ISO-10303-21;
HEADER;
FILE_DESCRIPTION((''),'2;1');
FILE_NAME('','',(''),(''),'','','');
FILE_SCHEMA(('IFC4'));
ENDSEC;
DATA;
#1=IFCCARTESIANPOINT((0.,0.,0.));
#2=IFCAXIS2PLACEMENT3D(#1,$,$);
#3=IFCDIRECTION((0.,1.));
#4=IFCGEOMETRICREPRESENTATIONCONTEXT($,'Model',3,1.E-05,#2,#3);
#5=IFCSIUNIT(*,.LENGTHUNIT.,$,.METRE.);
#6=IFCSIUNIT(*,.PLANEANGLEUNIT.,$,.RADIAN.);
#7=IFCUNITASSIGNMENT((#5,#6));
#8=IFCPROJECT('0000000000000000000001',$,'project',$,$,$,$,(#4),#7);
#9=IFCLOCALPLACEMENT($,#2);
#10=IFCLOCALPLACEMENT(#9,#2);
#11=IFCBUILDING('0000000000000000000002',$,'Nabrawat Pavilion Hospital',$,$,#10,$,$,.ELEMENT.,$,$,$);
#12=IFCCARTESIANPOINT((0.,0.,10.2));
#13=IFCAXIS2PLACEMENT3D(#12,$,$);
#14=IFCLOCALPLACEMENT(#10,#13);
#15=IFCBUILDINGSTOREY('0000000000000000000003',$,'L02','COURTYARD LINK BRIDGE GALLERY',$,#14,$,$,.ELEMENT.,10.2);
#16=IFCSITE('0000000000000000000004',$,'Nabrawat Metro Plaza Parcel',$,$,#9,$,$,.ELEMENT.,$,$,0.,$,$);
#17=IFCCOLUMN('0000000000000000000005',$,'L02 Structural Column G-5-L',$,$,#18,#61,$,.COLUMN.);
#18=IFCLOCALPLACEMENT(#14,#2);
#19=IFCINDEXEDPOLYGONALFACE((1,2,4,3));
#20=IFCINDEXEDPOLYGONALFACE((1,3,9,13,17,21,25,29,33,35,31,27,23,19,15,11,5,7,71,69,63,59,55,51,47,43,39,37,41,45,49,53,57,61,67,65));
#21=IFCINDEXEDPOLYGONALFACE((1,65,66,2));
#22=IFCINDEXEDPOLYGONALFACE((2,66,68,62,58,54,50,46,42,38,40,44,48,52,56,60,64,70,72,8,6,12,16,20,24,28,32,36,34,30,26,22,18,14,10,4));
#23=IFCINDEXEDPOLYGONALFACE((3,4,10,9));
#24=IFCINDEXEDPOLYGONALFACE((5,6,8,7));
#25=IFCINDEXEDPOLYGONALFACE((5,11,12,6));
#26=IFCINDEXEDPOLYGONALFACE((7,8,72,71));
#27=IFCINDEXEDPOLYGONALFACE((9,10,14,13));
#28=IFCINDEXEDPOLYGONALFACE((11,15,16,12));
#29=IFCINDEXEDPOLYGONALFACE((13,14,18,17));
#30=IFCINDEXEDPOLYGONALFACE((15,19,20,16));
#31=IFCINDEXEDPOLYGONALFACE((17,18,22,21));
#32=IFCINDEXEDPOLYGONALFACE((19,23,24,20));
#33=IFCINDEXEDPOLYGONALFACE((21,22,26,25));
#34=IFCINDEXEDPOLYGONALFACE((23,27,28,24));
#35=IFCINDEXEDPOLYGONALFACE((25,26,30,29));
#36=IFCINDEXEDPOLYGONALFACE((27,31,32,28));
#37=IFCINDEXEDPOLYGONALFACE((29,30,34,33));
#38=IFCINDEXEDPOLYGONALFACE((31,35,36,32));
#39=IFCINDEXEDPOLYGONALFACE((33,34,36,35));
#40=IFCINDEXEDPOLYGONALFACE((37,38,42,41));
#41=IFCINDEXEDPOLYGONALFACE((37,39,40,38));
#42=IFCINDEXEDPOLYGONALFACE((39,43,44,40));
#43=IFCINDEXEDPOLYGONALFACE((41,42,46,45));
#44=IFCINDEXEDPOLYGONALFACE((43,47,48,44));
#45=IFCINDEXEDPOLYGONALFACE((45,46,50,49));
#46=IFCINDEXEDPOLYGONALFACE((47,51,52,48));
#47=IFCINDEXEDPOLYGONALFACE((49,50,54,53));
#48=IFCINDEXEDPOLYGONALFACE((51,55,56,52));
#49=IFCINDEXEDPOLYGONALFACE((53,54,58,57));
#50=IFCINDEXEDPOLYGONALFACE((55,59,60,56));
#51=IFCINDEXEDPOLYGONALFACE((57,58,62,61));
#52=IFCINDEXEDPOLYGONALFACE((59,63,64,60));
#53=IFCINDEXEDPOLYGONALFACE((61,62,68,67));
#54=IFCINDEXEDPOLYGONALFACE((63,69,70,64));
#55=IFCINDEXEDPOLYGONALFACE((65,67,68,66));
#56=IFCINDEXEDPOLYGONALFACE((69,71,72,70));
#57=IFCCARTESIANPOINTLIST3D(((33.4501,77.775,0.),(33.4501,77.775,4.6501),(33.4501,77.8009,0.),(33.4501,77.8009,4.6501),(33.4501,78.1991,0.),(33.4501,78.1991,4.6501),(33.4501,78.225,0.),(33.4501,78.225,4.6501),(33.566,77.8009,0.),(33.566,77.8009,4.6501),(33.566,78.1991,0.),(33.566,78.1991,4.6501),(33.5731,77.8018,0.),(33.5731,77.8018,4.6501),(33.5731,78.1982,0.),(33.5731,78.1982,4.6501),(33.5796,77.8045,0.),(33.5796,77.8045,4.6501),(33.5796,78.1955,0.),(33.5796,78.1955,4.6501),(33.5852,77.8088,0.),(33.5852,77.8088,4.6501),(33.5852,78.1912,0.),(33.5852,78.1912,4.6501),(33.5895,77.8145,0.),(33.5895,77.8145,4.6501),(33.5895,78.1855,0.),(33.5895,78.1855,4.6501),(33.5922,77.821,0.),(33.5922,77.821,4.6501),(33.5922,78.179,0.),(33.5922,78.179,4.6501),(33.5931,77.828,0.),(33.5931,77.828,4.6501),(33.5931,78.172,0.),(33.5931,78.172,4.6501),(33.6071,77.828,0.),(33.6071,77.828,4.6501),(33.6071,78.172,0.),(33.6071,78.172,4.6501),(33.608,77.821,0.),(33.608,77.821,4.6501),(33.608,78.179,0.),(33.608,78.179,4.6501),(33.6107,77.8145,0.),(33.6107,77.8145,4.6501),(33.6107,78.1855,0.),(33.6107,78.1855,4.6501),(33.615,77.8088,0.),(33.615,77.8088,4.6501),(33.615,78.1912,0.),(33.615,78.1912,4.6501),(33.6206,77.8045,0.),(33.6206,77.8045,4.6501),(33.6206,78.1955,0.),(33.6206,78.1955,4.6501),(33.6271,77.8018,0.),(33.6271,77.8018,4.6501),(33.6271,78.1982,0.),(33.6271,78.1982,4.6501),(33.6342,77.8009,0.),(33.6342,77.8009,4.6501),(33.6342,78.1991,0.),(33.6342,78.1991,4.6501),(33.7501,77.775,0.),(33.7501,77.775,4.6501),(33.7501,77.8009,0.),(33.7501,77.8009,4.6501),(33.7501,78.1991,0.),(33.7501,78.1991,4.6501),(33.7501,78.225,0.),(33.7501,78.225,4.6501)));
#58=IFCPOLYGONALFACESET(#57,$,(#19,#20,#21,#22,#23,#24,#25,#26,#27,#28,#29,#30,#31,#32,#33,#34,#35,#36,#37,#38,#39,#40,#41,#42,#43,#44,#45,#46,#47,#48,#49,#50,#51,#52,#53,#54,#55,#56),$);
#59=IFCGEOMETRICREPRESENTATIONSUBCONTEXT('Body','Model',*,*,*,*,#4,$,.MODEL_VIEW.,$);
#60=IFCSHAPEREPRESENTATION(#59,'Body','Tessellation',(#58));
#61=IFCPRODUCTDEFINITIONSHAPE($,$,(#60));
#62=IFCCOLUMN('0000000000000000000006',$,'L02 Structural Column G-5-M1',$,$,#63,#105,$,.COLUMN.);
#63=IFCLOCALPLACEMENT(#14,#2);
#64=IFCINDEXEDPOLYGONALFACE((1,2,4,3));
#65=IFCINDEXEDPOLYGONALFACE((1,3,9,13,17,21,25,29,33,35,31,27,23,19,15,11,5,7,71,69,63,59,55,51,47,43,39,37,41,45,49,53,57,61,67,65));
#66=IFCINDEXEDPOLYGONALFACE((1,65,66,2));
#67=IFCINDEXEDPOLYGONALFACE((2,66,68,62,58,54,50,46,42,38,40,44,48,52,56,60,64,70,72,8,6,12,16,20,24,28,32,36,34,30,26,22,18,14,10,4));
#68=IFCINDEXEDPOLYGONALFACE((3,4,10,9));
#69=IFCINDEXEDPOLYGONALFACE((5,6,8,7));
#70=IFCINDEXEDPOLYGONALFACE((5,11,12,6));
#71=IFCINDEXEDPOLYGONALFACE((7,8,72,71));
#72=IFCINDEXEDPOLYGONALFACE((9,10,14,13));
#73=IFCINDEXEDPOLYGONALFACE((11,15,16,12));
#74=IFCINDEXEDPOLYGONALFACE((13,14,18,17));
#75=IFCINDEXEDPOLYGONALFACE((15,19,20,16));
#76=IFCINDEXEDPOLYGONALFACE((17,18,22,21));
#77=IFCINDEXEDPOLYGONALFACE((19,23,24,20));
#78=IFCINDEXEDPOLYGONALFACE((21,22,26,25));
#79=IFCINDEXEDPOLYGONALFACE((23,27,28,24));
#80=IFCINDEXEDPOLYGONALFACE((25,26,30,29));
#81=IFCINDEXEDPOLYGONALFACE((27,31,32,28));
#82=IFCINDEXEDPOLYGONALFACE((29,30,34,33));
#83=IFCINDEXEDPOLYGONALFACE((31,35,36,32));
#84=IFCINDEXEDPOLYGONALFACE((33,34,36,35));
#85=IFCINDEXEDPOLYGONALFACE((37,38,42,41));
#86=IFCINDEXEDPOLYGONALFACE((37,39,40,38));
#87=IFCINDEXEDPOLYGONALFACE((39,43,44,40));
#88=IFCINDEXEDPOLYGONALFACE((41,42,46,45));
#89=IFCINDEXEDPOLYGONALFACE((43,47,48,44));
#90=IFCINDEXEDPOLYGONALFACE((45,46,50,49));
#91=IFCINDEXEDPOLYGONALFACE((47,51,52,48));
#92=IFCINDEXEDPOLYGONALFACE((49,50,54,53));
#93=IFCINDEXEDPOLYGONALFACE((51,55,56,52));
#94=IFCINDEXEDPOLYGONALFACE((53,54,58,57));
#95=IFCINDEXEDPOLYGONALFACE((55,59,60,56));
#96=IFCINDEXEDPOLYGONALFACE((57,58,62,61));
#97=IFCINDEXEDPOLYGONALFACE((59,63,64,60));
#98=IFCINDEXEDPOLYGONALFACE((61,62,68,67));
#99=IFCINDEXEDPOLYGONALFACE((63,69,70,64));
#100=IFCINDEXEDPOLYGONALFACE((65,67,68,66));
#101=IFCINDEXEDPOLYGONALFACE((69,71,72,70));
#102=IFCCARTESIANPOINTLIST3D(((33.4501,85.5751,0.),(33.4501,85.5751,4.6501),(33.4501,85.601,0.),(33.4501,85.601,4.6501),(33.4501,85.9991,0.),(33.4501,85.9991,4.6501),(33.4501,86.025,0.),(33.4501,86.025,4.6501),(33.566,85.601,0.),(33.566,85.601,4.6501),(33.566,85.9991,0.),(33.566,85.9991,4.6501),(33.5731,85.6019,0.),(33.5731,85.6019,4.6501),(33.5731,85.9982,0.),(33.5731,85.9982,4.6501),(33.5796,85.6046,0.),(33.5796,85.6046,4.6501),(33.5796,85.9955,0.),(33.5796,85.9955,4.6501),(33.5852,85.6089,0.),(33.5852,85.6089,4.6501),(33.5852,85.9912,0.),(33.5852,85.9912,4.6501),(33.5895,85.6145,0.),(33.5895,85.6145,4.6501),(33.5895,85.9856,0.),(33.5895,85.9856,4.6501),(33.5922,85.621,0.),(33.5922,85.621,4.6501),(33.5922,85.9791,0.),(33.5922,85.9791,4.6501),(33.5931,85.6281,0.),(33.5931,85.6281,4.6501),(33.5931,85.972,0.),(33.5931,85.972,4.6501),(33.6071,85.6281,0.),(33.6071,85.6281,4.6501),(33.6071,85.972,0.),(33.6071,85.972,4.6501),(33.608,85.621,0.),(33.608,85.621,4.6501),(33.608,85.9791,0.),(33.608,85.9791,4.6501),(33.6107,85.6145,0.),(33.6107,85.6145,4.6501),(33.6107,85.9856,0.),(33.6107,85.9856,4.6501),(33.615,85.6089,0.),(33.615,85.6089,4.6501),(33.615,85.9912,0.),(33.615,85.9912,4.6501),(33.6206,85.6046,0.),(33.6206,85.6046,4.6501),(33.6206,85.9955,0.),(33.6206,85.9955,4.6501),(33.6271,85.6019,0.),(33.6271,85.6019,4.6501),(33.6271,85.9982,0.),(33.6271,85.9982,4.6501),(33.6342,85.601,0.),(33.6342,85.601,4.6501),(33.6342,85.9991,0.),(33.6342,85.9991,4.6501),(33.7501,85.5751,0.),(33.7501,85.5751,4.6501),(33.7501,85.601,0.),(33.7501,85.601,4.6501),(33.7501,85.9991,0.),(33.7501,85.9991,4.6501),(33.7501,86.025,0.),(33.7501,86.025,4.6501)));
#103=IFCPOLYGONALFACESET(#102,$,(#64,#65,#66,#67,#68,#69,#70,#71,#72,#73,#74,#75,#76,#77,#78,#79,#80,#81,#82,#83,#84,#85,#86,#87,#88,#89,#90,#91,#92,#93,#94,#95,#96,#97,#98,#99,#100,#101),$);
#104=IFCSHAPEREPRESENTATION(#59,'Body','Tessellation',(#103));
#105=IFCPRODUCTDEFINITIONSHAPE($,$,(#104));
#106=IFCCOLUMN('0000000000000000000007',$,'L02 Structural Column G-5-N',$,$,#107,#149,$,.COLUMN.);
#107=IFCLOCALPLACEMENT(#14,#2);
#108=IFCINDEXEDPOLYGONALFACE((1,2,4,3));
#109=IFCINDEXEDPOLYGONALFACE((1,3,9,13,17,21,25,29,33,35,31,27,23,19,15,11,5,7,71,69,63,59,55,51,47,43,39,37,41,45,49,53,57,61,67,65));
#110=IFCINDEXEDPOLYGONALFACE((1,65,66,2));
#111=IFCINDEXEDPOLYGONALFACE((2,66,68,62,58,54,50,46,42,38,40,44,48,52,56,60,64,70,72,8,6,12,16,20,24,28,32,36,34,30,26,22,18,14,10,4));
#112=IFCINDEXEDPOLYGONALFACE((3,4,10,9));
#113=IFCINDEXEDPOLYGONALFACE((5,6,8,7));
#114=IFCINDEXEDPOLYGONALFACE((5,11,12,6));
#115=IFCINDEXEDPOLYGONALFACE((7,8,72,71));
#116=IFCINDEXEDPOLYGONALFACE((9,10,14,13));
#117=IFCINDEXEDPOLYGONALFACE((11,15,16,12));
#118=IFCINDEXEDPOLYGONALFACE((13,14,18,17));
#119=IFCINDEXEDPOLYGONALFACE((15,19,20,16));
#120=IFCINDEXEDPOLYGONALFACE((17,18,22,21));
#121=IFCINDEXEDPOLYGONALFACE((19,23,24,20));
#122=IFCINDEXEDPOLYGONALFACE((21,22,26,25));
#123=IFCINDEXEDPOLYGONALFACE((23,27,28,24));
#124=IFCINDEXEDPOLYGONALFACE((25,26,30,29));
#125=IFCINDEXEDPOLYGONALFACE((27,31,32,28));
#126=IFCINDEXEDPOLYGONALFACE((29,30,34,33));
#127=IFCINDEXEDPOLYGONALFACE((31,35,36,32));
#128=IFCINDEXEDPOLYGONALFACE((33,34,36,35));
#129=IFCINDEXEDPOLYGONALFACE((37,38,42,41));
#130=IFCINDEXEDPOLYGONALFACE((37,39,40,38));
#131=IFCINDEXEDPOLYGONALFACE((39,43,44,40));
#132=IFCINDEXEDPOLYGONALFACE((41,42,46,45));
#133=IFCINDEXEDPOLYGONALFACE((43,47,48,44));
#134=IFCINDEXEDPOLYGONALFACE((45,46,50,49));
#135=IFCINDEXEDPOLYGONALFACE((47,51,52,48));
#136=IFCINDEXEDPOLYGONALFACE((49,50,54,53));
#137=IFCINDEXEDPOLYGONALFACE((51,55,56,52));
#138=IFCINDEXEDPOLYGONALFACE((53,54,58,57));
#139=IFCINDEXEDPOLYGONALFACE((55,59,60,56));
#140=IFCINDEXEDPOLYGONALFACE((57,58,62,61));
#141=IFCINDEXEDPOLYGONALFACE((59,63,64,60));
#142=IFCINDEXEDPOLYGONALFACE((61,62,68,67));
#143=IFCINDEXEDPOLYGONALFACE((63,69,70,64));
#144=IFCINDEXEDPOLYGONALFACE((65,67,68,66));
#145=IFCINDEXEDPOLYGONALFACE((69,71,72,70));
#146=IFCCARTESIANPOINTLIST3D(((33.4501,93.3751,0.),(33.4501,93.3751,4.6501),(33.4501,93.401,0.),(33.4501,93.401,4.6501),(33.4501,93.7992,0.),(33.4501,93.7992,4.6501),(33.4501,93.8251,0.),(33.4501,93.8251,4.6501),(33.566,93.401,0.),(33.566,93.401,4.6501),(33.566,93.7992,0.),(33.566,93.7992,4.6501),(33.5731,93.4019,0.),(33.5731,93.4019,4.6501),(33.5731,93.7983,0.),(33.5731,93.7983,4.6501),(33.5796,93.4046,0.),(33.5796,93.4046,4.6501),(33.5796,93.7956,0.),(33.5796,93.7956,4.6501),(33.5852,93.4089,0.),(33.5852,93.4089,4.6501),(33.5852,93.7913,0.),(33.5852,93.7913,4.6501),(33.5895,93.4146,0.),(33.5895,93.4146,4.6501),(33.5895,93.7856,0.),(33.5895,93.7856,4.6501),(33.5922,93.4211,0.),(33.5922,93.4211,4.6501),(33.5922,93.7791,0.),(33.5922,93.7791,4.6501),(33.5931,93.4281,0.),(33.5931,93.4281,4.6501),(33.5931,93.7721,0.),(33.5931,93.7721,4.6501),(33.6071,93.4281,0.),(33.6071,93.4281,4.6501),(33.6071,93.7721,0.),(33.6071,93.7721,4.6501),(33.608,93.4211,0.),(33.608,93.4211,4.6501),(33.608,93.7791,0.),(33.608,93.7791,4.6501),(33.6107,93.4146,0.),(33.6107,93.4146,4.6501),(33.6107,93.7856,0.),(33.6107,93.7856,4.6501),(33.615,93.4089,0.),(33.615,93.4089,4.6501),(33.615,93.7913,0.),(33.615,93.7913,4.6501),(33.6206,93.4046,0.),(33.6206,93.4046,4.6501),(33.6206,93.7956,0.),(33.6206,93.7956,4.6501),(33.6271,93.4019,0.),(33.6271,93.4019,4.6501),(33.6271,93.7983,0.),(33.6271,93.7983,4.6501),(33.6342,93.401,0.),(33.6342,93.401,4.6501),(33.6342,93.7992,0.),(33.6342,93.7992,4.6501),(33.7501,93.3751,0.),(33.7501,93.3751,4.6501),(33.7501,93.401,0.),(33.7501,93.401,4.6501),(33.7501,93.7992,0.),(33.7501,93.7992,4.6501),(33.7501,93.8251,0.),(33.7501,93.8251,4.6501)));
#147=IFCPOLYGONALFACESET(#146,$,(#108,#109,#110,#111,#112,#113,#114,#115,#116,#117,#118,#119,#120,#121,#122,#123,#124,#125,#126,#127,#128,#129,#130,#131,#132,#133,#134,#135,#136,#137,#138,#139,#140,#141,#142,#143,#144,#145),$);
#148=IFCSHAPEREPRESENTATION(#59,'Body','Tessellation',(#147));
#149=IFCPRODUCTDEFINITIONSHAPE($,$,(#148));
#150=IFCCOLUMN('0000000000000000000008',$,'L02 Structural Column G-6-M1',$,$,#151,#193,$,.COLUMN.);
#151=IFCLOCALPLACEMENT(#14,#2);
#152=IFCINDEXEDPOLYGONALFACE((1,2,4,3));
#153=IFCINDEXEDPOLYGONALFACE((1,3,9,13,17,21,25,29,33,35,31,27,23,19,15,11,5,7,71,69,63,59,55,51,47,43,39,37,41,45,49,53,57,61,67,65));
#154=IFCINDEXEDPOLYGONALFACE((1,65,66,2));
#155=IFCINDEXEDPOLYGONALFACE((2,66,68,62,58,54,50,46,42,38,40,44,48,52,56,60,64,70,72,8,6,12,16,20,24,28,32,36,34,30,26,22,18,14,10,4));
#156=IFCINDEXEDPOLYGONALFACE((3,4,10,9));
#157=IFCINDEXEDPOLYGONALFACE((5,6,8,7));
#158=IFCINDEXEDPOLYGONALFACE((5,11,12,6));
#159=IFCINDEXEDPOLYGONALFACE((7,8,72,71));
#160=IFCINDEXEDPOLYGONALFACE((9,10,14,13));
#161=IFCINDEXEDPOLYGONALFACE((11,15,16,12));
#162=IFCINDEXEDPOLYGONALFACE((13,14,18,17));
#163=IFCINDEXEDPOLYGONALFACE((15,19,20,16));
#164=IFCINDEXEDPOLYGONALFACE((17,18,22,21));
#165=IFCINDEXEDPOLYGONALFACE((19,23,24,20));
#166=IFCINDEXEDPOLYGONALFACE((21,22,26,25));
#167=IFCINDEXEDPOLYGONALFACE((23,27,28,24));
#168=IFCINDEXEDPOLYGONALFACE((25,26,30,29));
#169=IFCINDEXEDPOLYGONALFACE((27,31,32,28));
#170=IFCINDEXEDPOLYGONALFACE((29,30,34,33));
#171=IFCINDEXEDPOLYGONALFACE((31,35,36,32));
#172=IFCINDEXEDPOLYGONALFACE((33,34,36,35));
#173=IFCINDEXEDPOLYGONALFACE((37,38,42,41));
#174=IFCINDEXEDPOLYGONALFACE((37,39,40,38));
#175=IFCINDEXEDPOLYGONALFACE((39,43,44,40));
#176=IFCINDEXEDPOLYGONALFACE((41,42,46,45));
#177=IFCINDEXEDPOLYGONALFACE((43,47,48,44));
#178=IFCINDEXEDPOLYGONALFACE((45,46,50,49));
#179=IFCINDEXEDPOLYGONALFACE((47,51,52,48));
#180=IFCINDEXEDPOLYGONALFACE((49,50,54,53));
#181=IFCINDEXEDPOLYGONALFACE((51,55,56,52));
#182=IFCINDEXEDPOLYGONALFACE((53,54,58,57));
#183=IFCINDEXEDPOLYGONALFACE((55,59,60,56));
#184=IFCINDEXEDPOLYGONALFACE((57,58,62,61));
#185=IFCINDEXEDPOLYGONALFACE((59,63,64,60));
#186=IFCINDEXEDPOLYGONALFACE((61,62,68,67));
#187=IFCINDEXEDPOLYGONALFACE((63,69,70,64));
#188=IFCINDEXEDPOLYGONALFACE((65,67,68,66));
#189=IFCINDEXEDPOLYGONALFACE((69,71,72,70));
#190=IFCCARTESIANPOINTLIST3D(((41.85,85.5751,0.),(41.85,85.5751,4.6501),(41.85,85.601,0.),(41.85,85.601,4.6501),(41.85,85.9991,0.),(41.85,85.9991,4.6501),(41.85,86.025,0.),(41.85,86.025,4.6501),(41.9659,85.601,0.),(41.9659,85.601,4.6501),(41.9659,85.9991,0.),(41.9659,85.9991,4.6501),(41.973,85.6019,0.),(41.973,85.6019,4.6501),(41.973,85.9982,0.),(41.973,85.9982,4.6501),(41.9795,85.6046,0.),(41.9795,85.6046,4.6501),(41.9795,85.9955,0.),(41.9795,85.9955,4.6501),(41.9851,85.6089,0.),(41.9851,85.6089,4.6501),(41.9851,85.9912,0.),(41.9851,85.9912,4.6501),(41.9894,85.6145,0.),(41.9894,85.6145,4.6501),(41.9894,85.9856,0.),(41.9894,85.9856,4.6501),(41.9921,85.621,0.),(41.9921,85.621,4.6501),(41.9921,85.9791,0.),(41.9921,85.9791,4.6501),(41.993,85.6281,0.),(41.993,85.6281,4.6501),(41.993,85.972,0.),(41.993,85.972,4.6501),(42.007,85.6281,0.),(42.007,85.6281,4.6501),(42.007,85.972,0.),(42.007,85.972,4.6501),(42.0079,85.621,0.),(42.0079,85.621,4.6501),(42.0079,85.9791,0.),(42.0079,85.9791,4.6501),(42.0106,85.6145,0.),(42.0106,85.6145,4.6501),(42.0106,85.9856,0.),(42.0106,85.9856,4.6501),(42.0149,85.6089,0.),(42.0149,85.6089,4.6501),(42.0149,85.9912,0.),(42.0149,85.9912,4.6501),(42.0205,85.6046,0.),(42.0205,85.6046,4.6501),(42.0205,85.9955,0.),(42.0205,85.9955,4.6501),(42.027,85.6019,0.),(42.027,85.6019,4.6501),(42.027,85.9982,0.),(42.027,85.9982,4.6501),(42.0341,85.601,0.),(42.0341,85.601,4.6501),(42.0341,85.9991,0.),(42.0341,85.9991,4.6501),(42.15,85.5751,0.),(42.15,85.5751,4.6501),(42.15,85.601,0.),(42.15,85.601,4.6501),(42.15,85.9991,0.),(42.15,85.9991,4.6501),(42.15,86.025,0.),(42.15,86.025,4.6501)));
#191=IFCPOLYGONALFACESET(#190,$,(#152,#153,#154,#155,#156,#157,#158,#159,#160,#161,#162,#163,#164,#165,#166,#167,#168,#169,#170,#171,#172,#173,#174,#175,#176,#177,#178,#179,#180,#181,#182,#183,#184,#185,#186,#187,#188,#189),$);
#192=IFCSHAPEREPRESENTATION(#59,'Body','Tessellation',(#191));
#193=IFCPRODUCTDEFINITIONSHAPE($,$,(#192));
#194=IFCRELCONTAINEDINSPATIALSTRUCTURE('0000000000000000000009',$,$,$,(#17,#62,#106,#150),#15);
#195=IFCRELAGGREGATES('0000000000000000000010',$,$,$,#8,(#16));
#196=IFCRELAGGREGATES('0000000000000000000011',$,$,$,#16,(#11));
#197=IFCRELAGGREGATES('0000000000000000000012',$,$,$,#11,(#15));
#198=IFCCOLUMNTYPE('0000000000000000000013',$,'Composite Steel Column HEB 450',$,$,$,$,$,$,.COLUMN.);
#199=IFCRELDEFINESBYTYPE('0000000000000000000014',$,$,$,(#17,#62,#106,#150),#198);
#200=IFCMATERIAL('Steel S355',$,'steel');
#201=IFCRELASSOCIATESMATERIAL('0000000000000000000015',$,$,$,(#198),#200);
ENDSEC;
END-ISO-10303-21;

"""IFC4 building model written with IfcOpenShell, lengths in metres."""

from ifc_helpers import new_model, si_unit, direction, frame, origin, origin_2d, place, context, subcontext, project, spatial, i_section, extrude, material, material_profile, profile_set, type_object, element, save


model = new_model("IFC4")

# Units and contexts
model_context = context("Model", 3, precision=1e-05, world=origin(), true_north=direction((0.0, 1.0)))
body_context = subcontext(model_context, "Body", "Model", "MODEL_VIEW")
ifc_project = project(units=[si_unit("LENGTHUNIT", "METRE"), si_unit("PLANEANGLEUNIT", "RADIAN")], contexts=[model_context])

# Site, building, storey
site_placement = place(None, origin())
site = spatial("IfcSite", under=ifc_project, at=site_placement, Name="Nabrawat Metro Plaza Parcel", CompositionType="ELEMENT", RefElevation=0.0)
building_placement = place(site_placement, origin())
building = spatial("IfcBuilding", under=site, at=building_placement, Name="Nabrawat Pavilion Hospital", CompositionType="ELEMENT")
storey_placement = place(building_placement, frame((0.0, 0.0, 10.2)))
storey = spatial("IfcBuildingStorey", under=building, at=storey_placement, Name="L02", Description="COURTYARD LINK BRIDGE GALLERY", CompositionType="ELEMENT", Elevation=10.2)

# Columns
ifc_material_1 = material(Name="Steel S355", Category="steel")
ifc_material_profile_1 = material_profile(ifc_material_1, i_section(OverallWidth=0.3, OverallDepth=0.45, WebThickness=0.0139, FlangeThickness=0.0259, FilletRadius=0.0271, at=origin_2d()), Name="HEB 450")
ifc_profile_set_1 = profile_set([ifc_material_profile_1], Name="Steel S355")
column_type = type_object("IfcColumnType", Name="Composite Steel Column HEB 450", PredefinedType="COLUMN", material=ifc_profile_set_1)
for number, where, z_axis, x_axis, name in (
    (1, (33.6001, 78.0, 0.0), (0.0, 0.0, 1.0), (1.0, 0.0, 0.0), "L02 Structural Column G-5-L"),
    (2, (33.6001, 85.8, 0.0), (0.0, 0.0, 1.0), (1.0, 0.0, 0.0), "L02 Structural Column G-5-M1"),
    (3, (33.6001, 93.6001, 0.0), (0.0, 0.0, 1.0), (1.0, 0.0, 0.0), "L02 Structural Column G-5-N"),
    (4, (42.0, 85.8, 0.0), (0.0, 0.0, 1.0), (1.0, 0.0, 0.0), "L02 Structural Column G-6-M1"),
):
    element("IfcColumn", number, at=place(storey_placement, frame(where, z_axis=z_axis, x_axis=x_axis)), inside=storey, type_object=column_type, Name=name, PredefinedType="COLUMN", context=body_context, shape_type="SweptSolid", body=[
        extrude(i_section(OverallWidth=0.3, OverallDepth=0.45, WebThickness=0.0139, FlangeThickness=0.0259, FilletRadius=0.0271, at=origin_2d()), origin(), (0.0, 0.0, 1.0), 4.6501),
    ])

save(model, "model.ifc")
